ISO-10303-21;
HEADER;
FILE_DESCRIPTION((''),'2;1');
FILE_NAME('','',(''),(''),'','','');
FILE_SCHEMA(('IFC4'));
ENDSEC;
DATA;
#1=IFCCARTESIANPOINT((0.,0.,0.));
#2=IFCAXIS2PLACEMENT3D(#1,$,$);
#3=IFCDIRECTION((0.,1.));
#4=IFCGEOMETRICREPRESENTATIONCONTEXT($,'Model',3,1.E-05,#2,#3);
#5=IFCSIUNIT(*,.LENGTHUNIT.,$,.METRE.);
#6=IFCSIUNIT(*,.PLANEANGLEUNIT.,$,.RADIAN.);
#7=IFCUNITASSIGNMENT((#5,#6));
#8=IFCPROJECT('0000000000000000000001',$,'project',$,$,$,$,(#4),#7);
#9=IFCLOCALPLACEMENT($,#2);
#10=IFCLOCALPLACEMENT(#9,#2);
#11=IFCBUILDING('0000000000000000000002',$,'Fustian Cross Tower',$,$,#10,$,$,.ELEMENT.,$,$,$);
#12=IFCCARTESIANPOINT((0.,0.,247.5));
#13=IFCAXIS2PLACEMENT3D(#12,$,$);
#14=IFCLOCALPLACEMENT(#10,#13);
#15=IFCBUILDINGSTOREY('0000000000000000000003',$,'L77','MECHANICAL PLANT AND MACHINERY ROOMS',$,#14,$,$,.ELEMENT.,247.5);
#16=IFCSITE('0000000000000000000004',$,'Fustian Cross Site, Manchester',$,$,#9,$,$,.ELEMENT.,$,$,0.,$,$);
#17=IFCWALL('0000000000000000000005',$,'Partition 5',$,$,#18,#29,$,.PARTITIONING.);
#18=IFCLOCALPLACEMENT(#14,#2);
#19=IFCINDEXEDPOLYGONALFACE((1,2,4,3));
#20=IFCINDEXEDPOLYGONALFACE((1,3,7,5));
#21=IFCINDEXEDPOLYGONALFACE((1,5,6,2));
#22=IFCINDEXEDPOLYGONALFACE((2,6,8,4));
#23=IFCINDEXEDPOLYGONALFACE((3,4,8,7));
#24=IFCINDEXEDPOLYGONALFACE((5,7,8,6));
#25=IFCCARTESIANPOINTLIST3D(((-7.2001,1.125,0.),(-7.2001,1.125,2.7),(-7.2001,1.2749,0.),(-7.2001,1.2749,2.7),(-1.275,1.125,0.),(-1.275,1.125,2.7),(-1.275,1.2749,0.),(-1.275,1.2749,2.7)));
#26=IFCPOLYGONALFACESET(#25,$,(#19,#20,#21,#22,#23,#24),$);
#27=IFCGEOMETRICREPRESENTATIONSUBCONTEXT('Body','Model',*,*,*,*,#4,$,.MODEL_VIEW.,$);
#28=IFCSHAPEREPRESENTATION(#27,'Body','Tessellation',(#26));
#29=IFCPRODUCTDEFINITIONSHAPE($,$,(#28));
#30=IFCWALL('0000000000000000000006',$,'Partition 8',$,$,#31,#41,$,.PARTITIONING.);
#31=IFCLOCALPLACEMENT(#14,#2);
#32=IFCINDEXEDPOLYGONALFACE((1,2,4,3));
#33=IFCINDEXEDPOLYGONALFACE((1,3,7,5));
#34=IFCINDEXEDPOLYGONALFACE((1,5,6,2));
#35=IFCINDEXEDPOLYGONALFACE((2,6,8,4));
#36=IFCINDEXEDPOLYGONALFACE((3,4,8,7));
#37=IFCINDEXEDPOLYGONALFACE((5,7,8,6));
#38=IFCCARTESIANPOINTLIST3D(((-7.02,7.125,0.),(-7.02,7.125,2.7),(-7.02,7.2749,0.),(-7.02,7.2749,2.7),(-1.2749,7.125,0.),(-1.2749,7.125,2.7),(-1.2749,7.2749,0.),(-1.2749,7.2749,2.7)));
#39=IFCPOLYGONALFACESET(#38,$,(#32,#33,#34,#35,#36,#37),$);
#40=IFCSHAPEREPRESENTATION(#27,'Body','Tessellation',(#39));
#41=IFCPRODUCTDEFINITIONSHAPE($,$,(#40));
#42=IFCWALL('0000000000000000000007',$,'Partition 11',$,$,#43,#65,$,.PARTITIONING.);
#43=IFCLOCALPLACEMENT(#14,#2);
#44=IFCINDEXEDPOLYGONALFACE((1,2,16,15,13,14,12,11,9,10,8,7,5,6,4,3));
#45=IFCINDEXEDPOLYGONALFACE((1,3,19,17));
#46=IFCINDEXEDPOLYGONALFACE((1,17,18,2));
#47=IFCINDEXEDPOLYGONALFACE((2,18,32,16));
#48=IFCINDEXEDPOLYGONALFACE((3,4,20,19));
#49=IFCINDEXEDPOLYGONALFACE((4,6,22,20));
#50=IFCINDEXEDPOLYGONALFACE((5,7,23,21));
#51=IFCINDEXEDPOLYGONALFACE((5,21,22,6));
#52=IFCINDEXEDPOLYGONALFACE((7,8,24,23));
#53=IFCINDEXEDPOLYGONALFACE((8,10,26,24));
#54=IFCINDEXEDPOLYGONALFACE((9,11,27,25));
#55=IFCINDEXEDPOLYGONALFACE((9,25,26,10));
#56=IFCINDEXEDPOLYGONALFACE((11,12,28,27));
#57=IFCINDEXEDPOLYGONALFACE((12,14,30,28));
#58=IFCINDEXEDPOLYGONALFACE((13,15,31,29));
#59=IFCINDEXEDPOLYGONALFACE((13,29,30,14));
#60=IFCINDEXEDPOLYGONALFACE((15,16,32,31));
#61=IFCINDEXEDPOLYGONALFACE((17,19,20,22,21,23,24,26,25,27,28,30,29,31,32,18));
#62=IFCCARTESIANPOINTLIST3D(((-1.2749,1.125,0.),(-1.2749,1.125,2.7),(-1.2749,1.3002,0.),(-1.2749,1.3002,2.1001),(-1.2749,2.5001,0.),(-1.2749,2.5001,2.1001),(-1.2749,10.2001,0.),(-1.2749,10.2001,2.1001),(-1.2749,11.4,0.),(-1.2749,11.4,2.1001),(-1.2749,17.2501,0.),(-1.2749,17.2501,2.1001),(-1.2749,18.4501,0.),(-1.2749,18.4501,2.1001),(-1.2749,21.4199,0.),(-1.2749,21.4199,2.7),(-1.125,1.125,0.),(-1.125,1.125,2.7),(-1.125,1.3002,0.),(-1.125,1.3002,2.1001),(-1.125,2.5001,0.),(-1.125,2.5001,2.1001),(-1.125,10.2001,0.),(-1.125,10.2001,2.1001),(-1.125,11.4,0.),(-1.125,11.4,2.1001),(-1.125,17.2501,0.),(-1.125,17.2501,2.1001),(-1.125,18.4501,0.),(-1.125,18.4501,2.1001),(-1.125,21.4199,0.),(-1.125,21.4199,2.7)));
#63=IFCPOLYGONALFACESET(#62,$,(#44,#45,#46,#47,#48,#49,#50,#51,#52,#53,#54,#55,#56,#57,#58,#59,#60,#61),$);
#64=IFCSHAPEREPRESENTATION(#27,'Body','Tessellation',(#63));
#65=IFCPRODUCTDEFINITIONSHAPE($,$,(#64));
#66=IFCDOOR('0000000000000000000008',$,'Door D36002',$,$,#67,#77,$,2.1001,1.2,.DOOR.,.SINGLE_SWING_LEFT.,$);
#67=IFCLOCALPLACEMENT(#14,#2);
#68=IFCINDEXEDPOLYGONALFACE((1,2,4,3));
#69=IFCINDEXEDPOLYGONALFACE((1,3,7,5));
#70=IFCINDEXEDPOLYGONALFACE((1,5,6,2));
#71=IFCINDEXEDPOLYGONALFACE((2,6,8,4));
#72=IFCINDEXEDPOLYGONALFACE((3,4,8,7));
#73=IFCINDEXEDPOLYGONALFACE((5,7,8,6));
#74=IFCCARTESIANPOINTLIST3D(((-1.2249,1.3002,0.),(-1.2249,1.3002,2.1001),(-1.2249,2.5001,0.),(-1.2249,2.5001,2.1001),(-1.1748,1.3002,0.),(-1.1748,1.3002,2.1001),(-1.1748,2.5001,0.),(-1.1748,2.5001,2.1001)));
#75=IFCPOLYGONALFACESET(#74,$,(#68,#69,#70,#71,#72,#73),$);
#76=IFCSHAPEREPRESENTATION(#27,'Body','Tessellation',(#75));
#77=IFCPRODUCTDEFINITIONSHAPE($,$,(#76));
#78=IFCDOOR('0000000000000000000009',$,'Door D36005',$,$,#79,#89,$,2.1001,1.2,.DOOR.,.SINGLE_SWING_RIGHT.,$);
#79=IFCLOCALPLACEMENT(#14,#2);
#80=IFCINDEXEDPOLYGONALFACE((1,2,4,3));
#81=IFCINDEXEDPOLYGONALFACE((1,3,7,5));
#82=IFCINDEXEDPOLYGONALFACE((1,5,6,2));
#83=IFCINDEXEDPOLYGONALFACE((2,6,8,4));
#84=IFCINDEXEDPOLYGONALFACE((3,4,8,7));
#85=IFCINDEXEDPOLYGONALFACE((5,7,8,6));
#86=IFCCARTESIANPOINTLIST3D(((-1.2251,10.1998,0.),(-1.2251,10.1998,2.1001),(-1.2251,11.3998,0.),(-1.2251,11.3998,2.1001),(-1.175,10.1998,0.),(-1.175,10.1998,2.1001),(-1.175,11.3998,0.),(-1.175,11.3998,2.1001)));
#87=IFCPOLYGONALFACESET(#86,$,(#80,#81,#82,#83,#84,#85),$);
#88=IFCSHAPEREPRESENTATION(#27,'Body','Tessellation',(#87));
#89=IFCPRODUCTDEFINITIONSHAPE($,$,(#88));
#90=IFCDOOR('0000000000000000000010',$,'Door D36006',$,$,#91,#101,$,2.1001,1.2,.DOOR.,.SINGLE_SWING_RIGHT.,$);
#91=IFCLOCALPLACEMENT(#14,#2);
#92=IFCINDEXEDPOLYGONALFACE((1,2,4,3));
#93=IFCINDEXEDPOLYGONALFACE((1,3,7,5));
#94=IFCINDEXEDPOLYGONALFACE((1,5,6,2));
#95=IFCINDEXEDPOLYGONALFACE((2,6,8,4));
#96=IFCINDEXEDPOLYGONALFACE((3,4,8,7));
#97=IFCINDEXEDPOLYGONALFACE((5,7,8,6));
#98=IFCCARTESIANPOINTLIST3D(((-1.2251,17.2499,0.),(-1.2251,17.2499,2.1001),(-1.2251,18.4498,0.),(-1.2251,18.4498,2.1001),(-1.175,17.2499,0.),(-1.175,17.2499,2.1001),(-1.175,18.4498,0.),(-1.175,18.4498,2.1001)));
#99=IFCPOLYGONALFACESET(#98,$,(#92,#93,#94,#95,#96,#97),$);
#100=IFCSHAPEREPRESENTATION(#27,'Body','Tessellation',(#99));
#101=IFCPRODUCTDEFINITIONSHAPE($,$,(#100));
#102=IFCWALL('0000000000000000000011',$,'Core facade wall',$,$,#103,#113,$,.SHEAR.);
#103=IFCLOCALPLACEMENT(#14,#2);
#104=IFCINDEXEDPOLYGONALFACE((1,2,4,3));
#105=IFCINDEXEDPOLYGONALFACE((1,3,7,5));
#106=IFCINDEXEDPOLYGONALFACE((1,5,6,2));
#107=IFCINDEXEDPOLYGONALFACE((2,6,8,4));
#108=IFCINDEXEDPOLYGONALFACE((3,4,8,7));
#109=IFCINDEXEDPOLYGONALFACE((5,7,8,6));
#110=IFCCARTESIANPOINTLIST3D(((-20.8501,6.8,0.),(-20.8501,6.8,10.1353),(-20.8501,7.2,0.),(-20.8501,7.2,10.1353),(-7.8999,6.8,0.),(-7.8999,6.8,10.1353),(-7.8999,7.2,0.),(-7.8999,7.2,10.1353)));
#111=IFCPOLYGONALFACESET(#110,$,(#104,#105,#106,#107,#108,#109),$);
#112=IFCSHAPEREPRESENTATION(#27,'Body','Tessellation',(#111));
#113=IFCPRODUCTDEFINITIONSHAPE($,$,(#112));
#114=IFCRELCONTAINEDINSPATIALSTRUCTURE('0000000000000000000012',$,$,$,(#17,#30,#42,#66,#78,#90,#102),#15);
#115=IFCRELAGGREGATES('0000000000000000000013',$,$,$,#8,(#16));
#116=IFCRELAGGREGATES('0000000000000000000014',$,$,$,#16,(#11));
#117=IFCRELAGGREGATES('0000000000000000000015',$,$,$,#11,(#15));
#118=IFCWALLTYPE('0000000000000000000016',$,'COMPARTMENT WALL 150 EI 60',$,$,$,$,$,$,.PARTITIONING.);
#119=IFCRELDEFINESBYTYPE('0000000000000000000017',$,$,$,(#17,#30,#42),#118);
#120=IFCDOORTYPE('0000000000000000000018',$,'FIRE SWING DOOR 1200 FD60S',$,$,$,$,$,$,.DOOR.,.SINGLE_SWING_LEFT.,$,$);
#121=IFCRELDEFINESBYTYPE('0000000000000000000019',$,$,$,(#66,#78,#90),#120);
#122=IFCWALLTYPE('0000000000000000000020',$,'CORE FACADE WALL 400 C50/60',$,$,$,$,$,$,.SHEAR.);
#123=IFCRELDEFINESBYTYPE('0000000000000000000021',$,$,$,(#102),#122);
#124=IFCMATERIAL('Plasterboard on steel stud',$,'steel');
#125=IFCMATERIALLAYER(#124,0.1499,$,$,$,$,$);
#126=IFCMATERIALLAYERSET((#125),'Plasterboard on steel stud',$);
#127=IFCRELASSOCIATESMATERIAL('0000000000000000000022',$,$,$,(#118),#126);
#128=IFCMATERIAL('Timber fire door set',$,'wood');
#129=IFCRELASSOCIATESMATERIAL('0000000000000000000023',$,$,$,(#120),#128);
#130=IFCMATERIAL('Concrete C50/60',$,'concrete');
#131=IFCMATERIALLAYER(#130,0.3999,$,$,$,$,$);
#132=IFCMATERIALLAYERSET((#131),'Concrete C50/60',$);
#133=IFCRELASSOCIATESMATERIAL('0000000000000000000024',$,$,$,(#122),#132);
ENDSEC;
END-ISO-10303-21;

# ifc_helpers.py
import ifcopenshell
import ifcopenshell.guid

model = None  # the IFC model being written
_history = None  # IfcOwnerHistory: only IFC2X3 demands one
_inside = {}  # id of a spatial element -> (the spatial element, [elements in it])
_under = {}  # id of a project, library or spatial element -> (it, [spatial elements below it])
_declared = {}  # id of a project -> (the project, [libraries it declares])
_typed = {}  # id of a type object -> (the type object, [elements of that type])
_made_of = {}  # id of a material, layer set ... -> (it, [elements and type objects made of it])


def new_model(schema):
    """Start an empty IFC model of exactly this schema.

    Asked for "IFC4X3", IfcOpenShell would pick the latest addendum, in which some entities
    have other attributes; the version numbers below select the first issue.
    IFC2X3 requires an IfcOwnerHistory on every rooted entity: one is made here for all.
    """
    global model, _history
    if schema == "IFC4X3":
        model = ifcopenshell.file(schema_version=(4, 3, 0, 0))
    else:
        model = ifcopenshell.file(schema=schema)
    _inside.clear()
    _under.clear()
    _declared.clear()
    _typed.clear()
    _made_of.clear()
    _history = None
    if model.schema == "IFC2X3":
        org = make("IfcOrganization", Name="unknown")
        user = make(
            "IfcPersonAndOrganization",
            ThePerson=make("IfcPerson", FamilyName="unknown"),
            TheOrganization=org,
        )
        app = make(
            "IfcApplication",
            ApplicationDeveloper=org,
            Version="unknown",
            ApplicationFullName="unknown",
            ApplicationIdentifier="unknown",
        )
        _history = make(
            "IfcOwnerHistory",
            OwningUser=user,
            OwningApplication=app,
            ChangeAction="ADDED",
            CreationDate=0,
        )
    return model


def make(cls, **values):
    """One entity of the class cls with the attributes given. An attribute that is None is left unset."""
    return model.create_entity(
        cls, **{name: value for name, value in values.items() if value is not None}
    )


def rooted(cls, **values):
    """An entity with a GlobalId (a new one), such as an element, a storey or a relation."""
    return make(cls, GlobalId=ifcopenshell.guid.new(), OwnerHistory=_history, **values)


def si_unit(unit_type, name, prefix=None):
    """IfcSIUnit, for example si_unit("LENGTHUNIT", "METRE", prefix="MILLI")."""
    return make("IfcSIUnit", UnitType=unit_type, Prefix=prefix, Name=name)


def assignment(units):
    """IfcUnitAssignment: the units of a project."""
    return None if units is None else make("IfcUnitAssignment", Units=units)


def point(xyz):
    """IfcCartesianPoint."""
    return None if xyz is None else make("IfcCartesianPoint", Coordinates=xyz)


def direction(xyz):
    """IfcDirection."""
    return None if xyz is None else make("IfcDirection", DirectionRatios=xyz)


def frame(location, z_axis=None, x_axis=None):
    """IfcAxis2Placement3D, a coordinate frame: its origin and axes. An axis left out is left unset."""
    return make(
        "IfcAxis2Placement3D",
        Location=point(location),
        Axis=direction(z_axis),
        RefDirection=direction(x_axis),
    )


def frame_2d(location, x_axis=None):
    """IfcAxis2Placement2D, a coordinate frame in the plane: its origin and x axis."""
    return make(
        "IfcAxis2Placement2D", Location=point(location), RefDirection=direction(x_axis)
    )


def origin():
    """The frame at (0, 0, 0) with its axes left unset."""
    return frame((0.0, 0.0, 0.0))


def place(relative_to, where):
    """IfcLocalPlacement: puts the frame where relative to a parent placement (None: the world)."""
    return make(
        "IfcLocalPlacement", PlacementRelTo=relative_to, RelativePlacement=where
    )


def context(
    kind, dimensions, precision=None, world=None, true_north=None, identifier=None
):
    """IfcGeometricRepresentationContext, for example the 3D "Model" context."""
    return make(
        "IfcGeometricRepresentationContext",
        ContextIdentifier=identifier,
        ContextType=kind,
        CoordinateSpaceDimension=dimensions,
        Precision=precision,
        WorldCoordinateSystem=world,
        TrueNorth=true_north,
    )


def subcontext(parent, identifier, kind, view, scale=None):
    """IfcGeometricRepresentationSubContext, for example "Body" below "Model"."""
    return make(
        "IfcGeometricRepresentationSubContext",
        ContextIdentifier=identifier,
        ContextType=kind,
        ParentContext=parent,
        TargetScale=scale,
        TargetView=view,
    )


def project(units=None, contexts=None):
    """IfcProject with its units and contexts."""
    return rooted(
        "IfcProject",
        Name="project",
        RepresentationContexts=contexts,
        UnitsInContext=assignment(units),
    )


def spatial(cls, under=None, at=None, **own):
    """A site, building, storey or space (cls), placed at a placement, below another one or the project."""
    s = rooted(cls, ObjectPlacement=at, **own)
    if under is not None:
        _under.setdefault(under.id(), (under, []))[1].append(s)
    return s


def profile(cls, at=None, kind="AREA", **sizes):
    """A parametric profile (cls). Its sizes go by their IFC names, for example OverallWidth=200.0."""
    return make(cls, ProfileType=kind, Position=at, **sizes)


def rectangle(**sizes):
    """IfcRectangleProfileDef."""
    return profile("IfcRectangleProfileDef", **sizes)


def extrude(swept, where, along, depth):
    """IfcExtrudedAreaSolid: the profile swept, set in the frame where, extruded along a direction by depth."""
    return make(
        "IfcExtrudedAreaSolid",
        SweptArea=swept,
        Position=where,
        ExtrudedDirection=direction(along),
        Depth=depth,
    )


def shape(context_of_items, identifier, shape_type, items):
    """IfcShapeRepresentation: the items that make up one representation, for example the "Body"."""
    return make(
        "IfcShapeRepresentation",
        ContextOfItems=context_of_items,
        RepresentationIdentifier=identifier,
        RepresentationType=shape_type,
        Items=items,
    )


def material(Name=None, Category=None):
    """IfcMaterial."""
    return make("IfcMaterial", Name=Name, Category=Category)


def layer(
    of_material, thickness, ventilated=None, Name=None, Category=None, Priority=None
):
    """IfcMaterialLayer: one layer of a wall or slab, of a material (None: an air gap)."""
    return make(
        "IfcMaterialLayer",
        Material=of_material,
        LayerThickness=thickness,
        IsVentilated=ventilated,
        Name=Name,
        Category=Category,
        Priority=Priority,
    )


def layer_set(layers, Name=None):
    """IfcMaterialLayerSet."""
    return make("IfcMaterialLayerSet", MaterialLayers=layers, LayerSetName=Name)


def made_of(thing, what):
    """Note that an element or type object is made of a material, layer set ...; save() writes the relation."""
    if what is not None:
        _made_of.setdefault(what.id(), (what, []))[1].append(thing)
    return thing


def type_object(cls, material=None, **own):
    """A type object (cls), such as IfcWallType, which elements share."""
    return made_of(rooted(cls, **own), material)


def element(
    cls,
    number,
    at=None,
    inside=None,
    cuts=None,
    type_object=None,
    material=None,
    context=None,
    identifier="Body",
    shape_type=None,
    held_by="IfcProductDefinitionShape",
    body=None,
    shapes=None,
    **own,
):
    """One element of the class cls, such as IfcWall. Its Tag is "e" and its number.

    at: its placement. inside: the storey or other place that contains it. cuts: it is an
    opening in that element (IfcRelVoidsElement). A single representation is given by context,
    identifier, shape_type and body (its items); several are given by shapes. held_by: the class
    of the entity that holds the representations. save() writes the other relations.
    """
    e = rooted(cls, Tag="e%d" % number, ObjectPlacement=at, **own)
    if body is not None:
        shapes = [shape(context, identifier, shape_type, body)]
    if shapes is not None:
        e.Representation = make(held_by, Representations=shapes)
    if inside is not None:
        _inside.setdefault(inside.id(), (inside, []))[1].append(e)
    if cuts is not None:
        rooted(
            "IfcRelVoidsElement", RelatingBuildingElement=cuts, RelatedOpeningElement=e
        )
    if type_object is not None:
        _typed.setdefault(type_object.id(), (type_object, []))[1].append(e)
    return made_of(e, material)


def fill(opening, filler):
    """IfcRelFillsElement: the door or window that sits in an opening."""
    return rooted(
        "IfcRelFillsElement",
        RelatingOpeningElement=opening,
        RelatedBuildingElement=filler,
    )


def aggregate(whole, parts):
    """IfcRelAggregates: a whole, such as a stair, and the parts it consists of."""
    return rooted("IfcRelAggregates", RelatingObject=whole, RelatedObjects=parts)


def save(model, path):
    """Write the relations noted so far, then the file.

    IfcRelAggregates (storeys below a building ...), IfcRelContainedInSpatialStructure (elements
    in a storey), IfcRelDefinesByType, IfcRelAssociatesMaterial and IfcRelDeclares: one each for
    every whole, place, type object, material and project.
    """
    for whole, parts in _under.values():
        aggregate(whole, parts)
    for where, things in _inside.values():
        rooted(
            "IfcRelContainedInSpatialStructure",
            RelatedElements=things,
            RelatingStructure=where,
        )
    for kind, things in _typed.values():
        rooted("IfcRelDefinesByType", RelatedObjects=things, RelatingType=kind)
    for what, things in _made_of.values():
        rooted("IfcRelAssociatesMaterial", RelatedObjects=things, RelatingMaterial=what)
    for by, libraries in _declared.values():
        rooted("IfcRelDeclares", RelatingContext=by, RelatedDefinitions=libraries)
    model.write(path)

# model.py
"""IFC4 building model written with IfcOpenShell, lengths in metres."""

from ifc_helpers import new_model, si_unit, direction, frame, frame_2d, origin, place, context, subcontext, project, spatial, rectangle, extrude, material, layer, layer_set, type_object, element, fill, save


model = new_model("IFC4")

# Units and contexts
model_context = context("Model", 3, precision=1e-05, world=origin(), true_north=direction((0.0, 1.0)))
body_context = subcontext(model_context, "Body", "Model", "MODEL_VIEW")
ifc_project = project(units=[si_unit("LENGTHUNIT", "METRE"), si_unit("PLANEANGLEUNIT", "RADIAN")], contexts=[model_context])

# Site, building, storey
site_placement = place(None, origin())
site = spatial("IfcSite", under=ifc_project, at=site_placement, Name="Fustian Cross Site, Manchester", CompositionType="ELEMENT", RefElevation=0.0)
building_placement = place(site_placement, origin())
building = spatial("IfcBuilding", under=site, at=building_placement, Name="Fustian Cross Tower", CompositionType="ELEMENT")
storey_placement = place(building_placement, frame((0.0, 0.0, 247.5)))
storey = spatial("IfcBuildingStorey", under=building, at=storey_placement, Name="L77", Description="MECHANICAL PLANT AND MACHINERY ROOMS", CompositionType="ELEMENT", Elevation=247.5)

# Walls
ifc_material_1 = material(Name="Plasterboard on steel stud", Category="steel")
ifc_layer_1 = layer(ifc_material_1, 0.1499)
ifc_layer_set_1 = layer_set([ifc_layer_1], Name="Plasterboard on steel stud")
wall_type_1 = type_object("IfcWallType", Name="COMPARTMENT WALL 150 EI 60", PredefinedType="PARTITIONING", material=ifc_layer_set_1)
wall_1_placement = place(storey_placement, frame((-7.2, 1.2, 0.0), z_axis=(0.0, 0.0, 1.0), x_axis=(1.0, 0.0, 0.0)))
element("IfcWall", 1, at=wall_1_placement, inside=storey, type_object=wall_type_1, Name="Partition 5", PredefinedType="PARTITIONING", context=body_context, shape_type="SweptSolid", body=[
    extrude(rectangle(XDim=5.925, YDim=0.1499, at=frame_2d((2.9624, 0.0))), origin(), (0.0, 0.0, 1.0), 2.7),
])
wall_2_placement = place(storey_placement, frame((-7.02, 7.2, 0.0), z_axis=(0.0, 0.0, 1.0), x_axis=(1.0, 0.0, 0.0)))
element("IfcWall", 2, at=wall_2_placement, inside=storey, type_object=wall_type_1, Name="Partition 8", PredefinedType="PARTITIONING", context=body_context, shape_type="SweptSolid", body=[
    extrude(rectangle(XDim=5.7451, YDim=0.1499, at=frame_2d((2.8726, 0.0))), origin(), (0.0, 0.0, 1.0), 2.7),
])

# Wall, openings, doors
wall_3_placement = place(storey_placement, frame((-1.2, 1.125, 0.0), z_axis=(0.0, 0.0, 1.0), x_axis=(0.0, 1.0, 0.0)))
wall_3 = element("IfcWall", 3, at=wall_3_placement, inside=storey, type_object=wall_type_1, Name="Partition 11", PredefinedType="PARTITIONING", context=body_context, shape_type="SweptSolid", body=[
    extrude(rectangle(XDim=20.2949, YDim=0.1499, at=frame_2d((10.1475, 0.0))), origin(), (0.0, 0.0, 1.0), 2.7),
])
opening_1_placement = place(wall_3_placement, frame((0.175, 0.0, 0.0)))
opening_1 = element("IfcOpeningElement", 4, at=opening_1_placement, cuts=wall_3, PredefinedType="OPENING", context=body_context, shape_type="SweptSolid", body=[
    extrude(rectangle(XDim=1.2, YDim=2.1001, at=frame_2d((0.6001, 1.05))), frame((0.0, 0.085, 0.0), z_axis=(0.0, -1.0, 0.0), x_axis=(1.0, 0.0, 0.0)), (0.0, 0.0, 1.0), 0.1699),
])
opening_2_placement = place(wall_3_placement, frame((9.075, 0.0, 0.0)))
opening_2 = element("IfcOpeningElement", 5, at=opening_2_placement, cuts=wall_3, PredefinedType="OPENING", context=body_context, shape_type="SweptSolid", body=[
    extrude(rectangle(XDim=1.2, YDim=2.1001, at=frame_2d((0.6001, 1.05))), frame((0.0, 0.085, 0.0), z_axis=(0.0, -1.0, 0.0), x_axis=(1.0, 0.0, 0.0)), (0.0, 0.0, 1.0), 0.1699),
])
opening_3_placement = place(wall_3_placement, frame((16.125, 0.0, 0.0)))
opening_3 = element("IfcOpeningElement", 6, at=opening_3_placement, cuts=wall_3, PredefinedType="OPENING", context=body_context, shape_type="SweptSolid", body=[
    extrude(rectangle(XDim=1.2, YDim=2.1001, at=frame_2d((0.6001, 1.05))), frame((0.0, 0.085, 0.0), z_axis=(0.0, -1.0, 0.0), x_axis=(1.0, 0.0, 0.0)), (0.0, 0.0, 1.0), 0.1699),
])
ifc_material_2 = material(Name="Timber fire door set", Category="wood")
door_type_1 = type_object("IfcDoorType", Name="FIRE SWING DOOR 1200 FD60S", OperationType="SINGLE_SWING_LEFT", PredefinedType="DOOR", material=ifc_material_2)
door_1_placement = place(opening_1_placement, origin())
door_1 = element("IfcDoor", 7, at=door_1_placement, inside=storey, type_object=door_type_1, Name="Door D36002", OperationType="SINGLE_SWING_LEFT", OverallHeight=2.1001, OverallWidth=1.2, PredefinedType="DOOR", context=body_context, shape_type="SweptSolid", body=[
    extrude(rectangle(XDim=1.2, YDim=2.1001, at=frame_2d((0.6001, 1.05))), frame((0.0, 0.0249, 0.0), z_axis=(0.0, -1.0, 0.0), x_axis=(1.0, 0.0, 0.0)), (0.0, 0.0, 1.0), 0.05),
])
fill(opening_1, door_1)
door_2_placement = place(opening_2_placement, frame((1.2, 0.0, 0.0), z_axis=(0.0, 0.0, 1.0), x_axis=(-1.0, 0.0, 0.0)))
door_2 = element("IfcDoor", 8, at=door_2_placement, inside=storey, type_object=door_type_1, Name="Door D36005", OperationType="SINGLE_SWING_RIGHT", OverallHeight=2.1001, OverallWidth=1.2, PredefinedType="DOOR", context=body_context, shape_type="SweptSolid", body=[
    extrude(rectangle(XDim=1.2, YDim=2.1001, at=frame_2d((0.6001, 1.05))), frame((0.0, 0.0249, 0.0), z_axis=(0.0, -1.0, 0.0), x_axis=(1.0, 0.0, 0.0)), (0.0, 0.0, 1.0), 0.05),
])
fill(opening_2, door_2)
door_3_placement = place(opening_3_placement, frame((1.2, 0.0, 0.0), z_axis=(0.0, 0.0, 1.0), x_axis=(-1.0, 0.0, 0.0)))
door_3 = element("IfcDoor", 9, at=door_3_placement, inside=storey, type_object=door_type_1, Name="Door D36006", OperationType="SINGLE_SWING_RIGHT", OverallHeight=2.1001, OverallWidth=1.2, PredefinedType="DOOR", context=body_context, shape_type="SweptSolid", body=[
    extrude(rectangle(XDim=1.2, YDim=2.1001, at=frame_2d((0.6001, 1.05))), frame((0.0, 0.0249, 0.0), z_axis=(0.0, -1.0, 0.0), x_axis=(1.0, 0.0, 0.0)), (0.0, 0.0, 1.0), 0.05),
])
fill(opening_3, door_3)

# Wall
ifc_material_3 = material(Name="Concrete C50/60", Category="concrete")
ifc_layer_2 = layer(ifc_material_3, 0.3999)
ifc_layer_set_2 = layer_set([ifc_layer_2], Name="Concrete C50/60")
wall_type_2 = type_object("IfcWallType", Name="CORE FACADE WALL 400 C50/60", PredefinedType="SHEAR", material=ifc_layer_set_2)
wall_4_placement = place(storey_placement, frame((-7.8999, 7.0, 0.0), z_axis=(0.0, 0.0, 1.0), x_axis=(-1.0, 0.0, 0.0)))
element("IfcWall", 10, at=wall_4_placement, inside=storey, type_object=wall_type_2, Name="Core facade wall", PredefinedType="SHEAR", context=body_context, shape_type="SweptSolid", body=[
    extrude(rectangle(XDim=12.9502, YDim=0.3999, at=frame_2d((6.4751, 0.0))), origin(), (0.0, 0.0, 1.0), 10.1353),
])

save(model, "model.ifc")
